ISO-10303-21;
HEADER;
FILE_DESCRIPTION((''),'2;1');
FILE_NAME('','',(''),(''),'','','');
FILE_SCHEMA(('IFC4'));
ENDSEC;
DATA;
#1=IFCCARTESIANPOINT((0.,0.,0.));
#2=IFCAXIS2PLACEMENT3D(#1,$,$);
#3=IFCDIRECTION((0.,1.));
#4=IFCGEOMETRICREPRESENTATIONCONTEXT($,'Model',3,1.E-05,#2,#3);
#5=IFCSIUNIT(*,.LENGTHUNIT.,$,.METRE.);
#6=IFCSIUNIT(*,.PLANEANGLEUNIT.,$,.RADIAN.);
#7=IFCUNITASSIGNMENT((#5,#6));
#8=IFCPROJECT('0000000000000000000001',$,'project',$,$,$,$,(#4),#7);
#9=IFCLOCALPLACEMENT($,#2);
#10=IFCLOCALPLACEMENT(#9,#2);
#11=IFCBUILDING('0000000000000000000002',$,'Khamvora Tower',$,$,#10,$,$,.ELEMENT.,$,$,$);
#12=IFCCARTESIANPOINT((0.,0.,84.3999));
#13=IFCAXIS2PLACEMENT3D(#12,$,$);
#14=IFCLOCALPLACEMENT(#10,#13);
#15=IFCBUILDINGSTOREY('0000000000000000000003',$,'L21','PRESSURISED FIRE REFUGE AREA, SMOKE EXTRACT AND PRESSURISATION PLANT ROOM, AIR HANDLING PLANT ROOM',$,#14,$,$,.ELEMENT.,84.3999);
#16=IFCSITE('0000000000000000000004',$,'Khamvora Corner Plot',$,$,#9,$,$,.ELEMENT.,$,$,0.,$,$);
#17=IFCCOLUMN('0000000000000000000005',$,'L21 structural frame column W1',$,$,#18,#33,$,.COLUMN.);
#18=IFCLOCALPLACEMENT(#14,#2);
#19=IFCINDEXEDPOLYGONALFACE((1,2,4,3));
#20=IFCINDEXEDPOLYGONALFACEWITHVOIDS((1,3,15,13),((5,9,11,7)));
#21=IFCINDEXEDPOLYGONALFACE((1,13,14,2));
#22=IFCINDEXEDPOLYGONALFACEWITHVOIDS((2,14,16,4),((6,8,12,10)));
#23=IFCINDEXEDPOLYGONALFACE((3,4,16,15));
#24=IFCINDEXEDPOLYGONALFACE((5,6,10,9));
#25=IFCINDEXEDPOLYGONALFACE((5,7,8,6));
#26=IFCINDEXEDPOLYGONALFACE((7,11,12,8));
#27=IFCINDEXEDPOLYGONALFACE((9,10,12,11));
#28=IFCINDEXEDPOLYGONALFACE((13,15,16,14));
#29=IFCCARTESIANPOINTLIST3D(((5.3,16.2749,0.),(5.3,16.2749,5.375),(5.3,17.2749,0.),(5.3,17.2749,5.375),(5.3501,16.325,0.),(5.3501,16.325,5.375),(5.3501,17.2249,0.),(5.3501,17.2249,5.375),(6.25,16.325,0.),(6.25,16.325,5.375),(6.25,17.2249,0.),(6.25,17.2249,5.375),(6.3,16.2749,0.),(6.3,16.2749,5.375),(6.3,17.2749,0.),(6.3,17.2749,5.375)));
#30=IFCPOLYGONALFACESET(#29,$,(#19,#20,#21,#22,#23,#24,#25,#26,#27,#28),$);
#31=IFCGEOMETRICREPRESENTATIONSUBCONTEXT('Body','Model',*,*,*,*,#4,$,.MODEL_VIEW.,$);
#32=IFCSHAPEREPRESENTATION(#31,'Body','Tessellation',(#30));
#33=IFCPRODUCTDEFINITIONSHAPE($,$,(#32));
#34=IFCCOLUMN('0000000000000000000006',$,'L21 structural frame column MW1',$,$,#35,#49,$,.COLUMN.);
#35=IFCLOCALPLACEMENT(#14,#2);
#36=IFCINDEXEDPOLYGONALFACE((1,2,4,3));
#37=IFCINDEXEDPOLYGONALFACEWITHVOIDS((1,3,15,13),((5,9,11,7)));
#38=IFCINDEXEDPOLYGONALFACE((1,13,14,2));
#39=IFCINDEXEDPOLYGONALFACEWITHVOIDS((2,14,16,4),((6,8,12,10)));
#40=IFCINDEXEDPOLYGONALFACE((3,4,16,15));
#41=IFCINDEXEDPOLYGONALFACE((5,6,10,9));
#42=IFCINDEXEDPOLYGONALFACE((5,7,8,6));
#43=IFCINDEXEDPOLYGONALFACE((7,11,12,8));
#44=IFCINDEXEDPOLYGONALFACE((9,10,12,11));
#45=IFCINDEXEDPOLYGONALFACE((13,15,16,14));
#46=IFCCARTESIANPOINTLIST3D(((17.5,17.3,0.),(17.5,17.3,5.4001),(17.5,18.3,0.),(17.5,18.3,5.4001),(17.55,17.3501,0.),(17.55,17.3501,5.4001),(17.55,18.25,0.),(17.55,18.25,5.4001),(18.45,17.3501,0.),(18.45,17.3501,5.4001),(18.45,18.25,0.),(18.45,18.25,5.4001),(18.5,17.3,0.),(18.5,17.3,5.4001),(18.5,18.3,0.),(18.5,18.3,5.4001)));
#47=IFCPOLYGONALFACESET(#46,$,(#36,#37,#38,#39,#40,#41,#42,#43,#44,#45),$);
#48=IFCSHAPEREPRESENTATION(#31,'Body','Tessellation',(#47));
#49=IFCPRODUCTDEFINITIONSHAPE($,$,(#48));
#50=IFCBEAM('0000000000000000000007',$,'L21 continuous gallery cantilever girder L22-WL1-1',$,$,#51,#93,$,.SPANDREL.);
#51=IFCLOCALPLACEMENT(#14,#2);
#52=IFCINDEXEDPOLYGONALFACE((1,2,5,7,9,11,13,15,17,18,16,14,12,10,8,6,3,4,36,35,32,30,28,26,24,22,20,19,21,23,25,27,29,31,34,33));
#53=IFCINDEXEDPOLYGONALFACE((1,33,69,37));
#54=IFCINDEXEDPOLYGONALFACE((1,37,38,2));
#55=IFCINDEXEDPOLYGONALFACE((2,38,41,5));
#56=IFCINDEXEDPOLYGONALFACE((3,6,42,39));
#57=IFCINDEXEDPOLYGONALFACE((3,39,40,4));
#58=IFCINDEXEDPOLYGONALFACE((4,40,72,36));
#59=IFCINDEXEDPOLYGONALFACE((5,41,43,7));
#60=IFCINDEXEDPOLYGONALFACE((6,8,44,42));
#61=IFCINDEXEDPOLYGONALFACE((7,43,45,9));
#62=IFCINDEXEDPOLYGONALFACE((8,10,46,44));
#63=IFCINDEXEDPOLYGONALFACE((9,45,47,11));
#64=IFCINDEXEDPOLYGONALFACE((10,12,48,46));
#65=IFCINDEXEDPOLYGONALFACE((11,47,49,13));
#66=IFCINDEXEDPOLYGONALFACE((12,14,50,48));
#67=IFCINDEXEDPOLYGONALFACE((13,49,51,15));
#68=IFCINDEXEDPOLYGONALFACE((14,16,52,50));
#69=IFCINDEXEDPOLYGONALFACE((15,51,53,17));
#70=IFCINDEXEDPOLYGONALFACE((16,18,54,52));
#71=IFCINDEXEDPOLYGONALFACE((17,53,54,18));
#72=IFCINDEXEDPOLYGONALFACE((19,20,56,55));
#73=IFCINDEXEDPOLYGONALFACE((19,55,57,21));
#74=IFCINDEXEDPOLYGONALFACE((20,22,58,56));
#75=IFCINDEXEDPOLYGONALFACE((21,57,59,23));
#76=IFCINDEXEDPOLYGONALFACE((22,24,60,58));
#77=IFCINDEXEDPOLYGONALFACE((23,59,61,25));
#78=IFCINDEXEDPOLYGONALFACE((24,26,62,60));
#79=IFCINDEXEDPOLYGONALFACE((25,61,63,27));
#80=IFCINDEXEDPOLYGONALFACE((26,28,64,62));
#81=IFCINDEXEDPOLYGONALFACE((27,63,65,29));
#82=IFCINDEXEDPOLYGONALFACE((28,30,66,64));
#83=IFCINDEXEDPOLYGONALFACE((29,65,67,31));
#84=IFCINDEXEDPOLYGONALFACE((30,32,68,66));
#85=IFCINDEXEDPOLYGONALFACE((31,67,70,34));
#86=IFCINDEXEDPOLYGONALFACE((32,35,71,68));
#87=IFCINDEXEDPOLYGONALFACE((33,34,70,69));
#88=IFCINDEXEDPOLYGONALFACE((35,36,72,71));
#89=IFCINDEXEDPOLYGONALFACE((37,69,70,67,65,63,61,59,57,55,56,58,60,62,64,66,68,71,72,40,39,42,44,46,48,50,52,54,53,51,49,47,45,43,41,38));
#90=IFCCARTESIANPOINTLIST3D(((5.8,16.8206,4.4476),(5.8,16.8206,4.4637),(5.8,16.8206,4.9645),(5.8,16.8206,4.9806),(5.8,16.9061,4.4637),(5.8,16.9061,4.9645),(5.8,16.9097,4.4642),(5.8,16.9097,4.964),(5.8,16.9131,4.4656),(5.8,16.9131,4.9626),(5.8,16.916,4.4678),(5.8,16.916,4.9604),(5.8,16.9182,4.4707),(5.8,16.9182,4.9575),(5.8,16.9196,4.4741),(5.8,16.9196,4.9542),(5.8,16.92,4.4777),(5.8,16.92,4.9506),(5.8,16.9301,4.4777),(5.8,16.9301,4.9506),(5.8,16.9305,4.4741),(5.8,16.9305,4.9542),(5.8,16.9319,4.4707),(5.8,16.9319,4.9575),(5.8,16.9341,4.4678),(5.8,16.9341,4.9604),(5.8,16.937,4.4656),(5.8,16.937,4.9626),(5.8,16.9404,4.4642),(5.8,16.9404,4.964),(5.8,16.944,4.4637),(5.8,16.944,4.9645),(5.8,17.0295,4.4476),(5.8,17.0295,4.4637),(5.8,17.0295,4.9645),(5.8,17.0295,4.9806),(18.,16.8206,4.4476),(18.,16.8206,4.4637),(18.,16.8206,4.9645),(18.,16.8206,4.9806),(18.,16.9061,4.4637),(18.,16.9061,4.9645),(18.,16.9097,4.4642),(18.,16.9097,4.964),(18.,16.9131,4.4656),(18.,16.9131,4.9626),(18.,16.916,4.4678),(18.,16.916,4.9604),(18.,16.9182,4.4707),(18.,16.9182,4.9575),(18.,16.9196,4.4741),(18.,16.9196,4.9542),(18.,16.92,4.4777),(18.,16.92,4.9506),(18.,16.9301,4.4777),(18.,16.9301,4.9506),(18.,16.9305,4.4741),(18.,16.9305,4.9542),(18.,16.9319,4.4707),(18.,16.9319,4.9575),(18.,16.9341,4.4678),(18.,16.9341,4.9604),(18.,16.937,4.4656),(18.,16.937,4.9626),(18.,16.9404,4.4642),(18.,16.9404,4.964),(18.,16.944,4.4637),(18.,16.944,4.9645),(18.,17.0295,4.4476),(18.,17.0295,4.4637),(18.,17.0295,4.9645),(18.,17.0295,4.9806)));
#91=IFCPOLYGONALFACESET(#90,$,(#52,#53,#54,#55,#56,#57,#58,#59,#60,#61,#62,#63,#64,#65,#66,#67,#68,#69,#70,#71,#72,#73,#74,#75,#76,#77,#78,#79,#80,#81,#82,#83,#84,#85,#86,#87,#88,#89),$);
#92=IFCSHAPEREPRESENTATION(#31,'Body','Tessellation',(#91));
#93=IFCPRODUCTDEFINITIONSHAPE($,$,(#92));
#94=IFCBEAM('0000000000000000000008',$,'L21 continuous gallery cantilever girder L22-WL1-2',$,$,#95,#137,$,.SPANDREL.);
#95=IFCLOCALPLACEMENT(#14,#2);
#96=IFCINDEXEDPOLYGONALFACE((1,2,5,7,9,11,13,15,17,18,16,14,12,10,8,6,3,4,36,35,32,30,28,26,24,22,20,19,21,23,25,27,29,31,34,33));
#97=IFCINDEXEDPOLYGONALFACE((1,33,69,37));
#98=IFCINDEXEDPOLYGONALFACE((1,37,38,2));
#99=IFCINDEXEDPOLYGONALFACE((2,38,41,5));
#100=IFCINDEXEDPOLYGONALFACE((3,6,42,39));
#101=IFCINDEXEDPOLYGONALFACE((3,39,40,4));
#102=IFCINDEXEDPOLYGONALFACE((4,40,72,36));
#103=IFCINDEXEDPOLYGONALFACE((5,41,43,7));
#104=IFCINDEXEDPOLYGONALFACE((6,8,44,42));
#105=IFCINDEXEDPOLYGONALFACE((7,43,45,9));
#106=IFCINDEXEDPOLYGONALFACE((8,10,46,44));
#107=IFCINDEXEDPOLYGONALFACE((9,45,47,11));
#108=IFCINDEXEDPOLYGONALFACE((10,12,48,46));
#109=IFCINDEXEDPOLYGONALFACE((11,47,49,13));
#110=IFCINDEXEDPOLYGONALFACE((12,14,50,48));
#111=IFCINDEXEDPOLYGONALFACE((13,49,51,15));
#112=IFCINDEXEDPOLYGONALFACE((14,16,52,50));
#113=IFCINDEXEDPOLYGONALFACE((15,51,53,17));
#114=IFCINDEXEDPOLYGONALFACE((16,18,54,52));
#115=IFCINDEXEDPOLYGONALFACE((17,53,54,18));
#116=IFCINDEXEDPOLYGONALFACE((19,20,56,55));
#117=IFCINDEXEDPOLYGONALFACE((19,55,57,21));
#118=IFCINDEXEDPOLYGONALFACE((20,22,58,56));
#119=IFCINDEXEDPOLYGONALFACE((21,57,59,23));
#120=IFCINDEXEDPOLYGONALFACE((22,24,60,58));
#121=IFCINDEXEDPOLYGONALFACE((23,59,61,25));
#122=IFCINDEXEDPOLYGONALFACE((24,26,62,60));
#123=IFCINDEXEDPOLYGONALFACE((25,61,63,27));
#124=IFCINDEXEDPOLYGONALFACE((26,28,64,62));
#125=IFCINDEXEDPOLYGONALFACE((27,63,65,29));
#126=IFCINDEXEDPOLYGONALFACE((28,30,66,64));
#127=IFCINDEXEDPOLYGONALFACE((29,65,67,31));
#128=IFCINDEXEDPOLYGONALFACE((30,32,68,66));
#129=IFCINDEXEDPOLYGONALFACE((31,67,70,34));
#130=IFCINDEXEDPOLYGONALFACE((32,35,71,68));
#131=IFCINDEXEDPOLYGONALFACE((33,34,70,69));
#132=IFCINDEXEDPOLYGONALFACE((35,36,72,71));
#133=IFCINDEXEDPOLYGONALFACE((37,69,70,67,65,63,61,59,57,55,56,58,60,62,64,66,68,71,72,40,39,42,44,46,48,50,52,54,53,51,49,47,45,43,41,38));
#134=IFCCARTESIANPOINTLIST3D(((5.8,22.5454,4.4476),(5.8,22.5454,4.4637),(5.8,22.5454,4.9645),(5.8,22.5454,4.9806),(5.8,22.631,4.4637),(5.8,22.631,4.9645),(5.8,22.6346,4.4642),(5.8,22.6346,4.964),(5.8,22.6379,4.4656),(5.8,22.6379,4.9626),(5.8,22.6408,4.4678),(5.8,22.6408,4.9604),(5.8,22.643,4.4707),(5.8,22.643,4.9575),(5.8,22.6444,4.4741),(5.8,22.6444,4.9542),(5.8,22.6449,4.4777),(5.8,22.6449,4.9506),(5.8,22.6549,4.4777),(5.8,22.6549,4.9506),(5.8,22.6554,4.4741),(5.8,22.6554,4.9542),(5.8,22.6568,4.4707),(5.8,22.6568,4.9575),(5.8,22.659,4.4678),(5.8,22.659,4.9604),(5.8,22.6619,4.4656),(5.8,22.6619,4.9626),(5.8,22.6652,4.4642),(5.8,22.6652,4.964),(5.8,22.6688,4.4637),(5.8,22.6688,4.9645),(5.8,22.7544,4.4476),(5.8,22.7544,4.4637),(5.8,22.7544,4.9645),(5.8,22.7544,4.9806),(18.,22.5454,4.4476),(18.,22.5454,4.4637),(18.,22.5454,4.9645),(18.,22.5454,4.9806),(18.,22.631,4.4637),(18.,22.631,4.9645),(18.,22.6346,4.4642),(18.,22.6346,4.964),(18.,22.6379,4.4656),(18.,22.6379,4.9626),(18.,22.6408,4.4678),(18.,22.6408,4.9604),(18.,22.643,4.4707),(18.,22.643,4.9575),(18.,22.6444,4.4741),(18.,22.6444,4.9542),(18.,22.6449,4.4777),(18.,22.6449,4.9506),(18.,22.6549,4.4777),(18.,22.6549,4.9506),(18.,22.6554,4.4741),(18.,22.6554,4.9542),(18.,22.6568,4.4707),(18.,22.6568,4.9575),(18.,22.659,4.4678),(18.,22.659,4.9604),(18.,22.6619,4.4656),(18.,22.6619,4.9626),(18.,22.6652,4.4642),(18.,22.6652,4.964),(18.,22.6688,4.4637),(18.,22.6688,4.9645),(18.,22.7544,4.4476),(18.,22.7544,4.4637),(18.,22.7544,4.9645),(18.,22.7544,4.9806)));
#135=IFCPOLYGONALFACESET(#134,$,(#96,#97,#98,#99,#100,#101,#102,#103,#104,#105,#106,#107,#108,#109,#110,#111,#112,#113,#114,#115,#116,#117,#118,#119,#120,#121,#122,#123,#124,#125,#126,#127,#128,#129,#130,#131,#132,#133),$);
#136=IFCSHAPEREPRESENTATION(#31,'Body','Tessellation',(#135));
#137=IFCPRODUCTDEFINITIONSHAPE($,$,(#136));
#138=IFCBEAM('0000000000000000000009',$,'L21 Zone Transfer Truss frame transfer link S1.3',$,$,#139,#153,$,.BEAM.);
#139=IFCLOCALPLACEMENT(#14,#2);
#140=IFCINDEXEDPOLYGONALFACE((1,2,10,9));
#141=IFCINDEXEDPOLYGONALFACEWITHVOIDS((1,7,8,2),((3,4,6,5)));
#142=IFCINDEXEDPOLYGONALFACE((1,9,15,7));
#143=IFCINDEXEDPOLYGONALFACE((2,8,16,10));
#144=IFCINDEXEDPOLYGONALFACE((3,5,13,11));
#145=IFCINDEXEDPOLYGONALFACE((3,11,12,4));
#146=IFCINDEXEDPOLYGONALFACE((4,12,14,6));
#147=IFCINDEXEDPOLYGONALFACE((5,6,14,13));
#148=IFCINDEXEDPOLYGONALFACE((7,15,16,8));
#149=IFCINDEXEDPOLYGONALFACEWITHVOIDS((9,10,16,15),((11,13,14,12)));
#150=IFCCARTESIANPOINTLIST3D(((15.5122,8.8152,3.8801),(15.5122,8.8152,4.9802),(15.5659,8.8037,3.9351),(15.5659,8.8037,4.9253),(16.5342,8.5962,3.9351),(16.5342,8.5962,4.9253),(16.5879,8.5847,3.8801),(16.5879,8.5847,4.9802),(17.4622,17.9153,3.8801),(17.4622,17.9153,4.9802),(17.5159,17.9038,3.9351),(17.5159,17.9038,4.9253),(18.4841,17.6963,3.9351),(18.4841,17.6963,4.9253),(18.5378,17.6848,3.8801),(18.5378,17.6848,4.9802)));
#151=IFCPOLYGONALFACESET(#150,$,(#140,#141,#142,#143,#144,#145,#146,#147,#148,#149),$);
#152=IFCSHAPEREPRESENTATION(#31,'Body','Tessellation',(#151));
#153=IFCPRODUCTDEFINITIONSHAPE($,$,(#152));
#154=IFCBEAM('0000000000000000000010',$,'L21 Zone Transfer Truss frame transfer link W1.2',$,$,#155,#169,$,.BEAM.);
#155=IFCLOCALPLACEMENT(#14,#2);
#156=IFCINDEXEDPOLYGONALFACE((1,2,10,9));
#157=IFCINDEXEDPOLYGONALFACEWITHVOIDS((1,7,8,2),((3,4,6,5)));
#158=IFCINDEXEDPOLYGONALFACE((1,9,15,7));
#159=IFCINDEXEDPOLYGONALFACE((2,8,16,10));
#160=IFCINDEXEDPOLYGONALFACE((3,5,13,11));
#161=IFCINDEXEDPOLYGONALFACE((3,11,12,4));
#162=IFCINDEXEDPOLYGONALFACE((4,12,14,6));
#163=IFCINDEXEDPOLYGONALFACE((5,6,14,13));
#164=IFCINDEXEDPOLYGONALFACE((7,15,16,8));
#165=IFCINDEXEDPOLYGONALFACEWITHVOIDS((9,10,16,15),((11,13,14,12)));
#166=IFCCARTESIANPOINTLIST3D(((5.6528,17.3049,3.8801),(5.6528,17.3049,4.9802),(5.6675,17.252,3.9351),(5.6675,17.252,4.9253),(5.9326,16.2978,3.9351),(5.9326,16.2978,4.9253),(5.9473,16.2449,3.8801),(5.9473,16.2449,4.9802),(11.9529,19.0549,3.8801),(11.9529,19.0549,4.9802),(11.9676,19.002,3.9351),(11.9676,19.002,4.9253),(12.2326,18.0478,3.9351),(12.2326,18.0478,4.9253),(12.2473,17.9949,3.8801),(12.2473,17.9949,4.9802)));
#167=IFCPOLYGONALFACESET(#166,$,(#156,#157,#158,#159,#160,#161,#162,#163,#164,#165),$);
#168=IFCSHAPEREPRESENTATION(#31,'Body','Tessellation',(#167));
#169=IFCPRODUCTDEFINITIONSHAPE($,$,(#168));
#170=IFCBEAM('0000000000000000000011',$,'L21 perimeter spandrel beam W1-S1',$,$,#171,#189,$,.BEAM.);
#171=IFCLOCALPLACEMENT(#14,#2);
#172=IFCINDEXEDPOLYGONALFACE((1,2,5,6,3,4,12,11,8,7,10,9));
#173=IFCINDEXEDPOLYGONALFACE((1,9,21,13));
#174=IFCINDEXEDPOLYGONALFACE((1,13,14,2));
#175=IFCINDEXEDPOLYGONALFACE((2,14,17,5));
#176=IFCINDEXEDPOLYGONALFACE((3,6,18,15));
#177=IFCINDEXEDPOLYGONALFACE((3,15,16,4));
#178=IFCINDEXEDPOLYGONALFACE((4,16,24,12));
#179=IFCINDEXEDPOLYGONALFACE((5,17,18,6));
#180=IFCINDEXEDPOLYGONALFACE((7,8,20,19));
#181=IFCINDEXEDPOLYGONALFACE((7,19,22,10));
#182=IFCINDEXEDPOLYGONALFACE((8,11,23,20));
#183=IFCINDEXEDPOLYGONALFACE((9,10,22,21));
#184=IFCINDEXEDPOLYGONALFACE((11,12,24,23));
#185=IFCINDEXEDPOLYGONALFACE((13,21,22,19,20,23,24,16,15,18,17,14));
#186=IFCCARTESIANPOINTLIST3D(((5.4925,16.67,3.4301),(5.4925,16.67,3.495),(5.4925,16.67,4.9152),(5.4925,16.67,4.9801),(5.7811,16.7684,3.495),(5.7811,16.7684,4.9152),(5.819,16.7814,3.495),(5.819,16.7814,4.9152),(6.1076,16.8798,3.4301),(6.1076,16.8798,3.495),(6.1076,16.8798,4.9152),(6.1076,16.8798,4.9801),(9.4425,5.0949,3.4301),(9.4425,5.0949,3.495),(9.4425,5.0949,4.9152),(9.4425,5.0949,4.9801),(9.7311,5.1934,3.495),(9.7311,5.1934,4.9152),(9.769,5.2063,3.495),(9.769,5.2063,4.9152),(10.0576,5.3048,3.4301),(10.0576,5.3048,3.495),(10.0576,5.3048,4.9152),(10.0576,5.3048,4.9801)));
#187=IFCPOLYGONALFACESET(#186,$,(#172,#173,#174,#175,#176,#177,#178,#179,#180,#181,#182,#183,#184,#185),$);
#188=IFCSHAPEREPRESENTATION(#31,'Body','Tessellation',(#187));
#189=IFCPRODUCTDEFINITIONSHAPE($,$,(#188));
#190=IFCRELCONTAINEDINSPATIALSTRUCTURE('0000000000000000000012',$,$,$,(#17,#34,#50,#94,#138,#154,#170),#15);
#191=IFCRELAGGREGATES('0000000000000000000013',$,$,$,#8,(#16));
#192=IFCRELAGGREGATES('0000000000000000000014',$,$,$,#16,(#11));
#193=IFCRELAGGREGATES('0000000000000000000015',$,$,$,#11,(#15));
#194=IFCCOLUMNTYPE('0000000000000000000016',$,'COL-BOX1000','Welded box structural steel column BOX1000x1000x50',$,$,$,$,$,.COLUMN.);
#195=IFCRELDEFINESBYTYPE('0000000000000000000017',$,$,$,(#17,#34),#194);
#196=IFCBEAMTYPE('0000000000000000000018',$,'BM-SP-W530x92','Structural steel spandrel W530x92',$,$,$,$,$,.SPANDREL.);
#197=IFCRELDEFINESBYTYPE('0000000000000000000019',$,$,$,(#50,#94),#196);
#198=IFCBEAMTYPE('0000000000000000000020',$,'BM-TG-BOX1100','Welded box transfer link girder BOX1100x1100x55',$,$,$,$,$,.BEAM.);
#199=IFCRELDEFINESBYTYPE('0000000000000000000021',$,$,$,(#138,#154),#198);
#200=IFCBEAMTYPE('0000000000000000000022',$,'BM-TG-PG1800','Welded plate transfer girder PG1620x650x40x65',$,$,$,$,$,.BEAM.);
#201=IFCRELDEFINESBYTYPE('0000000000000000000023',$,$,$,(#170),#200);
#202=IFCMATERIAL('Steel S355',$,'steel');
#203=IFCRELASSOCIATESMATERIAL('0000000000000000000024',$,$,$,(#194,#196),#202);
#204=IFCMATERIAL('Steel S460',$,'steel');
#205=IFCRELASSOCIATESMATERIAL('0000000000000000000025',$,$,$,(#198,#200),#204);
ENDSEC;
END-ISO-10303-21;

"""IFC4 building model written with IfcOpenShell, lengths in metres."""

from ifc_helpers import new_model, si_unit, direction, frame, origin, origin_2d, place, context, subcontext, project, spatial, hollow_rectangle, i_section, extrude, material, material_profile, profile_set, type_object, element, save


model = new_model("IFC4")

# Units and contexts
model_context = context("Model", 3, precision=1e-05, world=origin(), true_north=direction((0.0, 1.0)))
body_context = subcontext(model_context, "Body", "Model", "MODEL_VIEW")
ifc_project = project(units=[si_unit("LENGTHUNIT", "METRE"), si_unit("PLANEANGLEUNIT", "RADIAN")], contexts=[model_context])

# Site, building, storey
site_placement = place(None, origin())
site = spatial("IfcSite", under=ifc_project, at=site_placement, Name="Khamvora Corner Plot", CompositionType="ELEMENT", RefElevation=0.0)
building_placement = place(site_placement, origin())
building = spatial("IfcBuilding", under=site, at=building_placement, Name="Khamvora Tower", CompositionType="ELEMENT")
storey_placement = place(building_placement, frame((0.0, 0.0, 84.3999)))
storey = spatial("IfcBuildingStorey", under=building, at=storey_placement, Name="L21", Description="PRESSURISED FIRE REFUGE AREA, SMOKE EXTRACT AND PRESSURISATION PLANT ROOM, AIR HANDLING PLANT ROOM", CompositionType="ELEMENT", Elevation=84.3999)

# Columns
ifc_material_1 = material(Name="Steel S355", Category="steel")
ifc_material_profile_1 = material_profile(ifc_material_1, hollow_rectangle(XDim=1.0, YDim=1.0, WallThickness=0.05, at=origin_2d()), Name="BOX1000x1000x50")
ifc_profile_set_1 = profile_set([ifc_material_profile_1], Name="Steel S355")
column_type = type_object("IfcColumnType", Name="COL-BOX1000", Description="Welded box structural steel column BOX1000x1000x50", PredefinedType="COLUMN", material=ifc_profile_set_1)
column_1_placement = place(storey_placement, frame((5.8, 16.7749, 0.0), z_axis=(0.0, 0.0, 1.0), x_axis=(1.0, 0.0, 0.0)))
element("IfcColumn", 1, at=column_1_placement, inside=storey, type_object=column_type, Name="L21 structural frame column W1", PredefinedType="COLUMN", context=body_context, shape_type="SweptSolid", body=[
    extrude(hollow_rectangle(XDim=1.0, YDim=1.0, WallThickness=0.05, at=origin_2d()), origin(), (0.0, 0.0, 1.0), 5.375),
])
column_2_placement = place(storey_placement, frame((18.0, 17.8, 0.0), z_axis=(0.0, 0.0, 1.0), x_axis=(1.0, 0.0, 0.0)))
element("IfcColumn", 2, at=column_2_placement, inside=storey, type_object=column_type, Name="L21 structural frame column MW1", PredefinedType="COLUMN", context=body_context, shape_type="SweptSolid", body=[
    extrude(hollow_rectangle(XDim=1.0, YDim=1.0, WallThickness=0.05, at=origin_2d()), origin(), (0.0, 0.0, 1.0), 5.4001),
])

# Beams
ifc_material_profile_2 = material_profile(ifc_material_1, i_section(OverallWidth=0.209, OverallDepth=0.533, WebThickness=0.01, FlangeThickness=0.0161, FilletRadius=0.0139, at=origin_2d()), Name="W530x92")
ifc_profile_set_2 = profile_set([ifc_material_profile_2], Name="Steel S355")
beam_type_1 = type_object("IfcBeamType", Name="BM-SP-W530x92", Description="Structural steel spandrel W530x92", PredefinedType="SPANDREL", material=ifc_profile_set_2)
for number, where, z_axis, x_axis, name in (
    (3, (18.0, 16.925, 4.7141), (-1.0, 0.0, 0.0), (0.0, -1.0, 0.0), "L21 continuous gallery cantilever girder L22-WL1-1"),
    (4, (18.0, 22.6499, 4.7141), (-1.0, 0.0, 0.0), (0.0, -1.0, 0.0), "L21 continuous gallery cantilever girder L22-WL1-2"),
):
    element("IfcBeam", number, at=place(storey_placement, frame(where, z_axis=z_axis, x_axis=x_axis)), inside=storey, type_object=beam_type_1, Name=name, PredefinedType="SPANDREL", context=body_context, shape_type="SweptSolid", body=[
        extrude(i_section(OverallWidth=0.209, OverallDepth=0.533, WebThickness=0.01, FlangeThickness=0.0161, FilletRadius=0.0139, at=origin_2d()), origin(), (0.0, 0.0, 1.0), 12.2),
    ])
ifc_material_2 = material(Name="Steel S460", Category="steel")
ifc_material_profile_3 = material_profile(ifc_material_2, hollow_rectangle(XDim=1.1001, YDim=1.1001, WallThickness=0.0549, at=origin_2d()), Name="BOX1100x1100x55")
ifc_profile_set_3 = profile_set([ifc_material_profile_3], Name="Steel S460")
beam_type_2 = type_object("IfcBeamType", Name="BM-TG-BOX1100", Description="Welded box transfer link girder BOX1100x1100x55", PredefinedType="BEAM", material=ifc_profile_set_3)
beam_1_placement = place(storey_placement, frame((18.0, 17.8, 4.4302), z_axis=(-0.209522, -0.977804, 0.0), x_axis=(0.977804, -0.209522, 0.0)))
element("IfcBeam", 5, at=beam_1_placement, inside=storey, type_object=beam_type_2, Name="L21 Zone Transfer Truss frame transfer link S1.3", PredefinedType="BEAM", context=body_context, shape_type="SweptSolid", body=[
    extrude(hollow_rectangle(XDim=1.1001, YDim=1.1001, WallThickness=0.0549, at=origin_2d()), origin(), (0.0, 0.0, 1.0), 9.3066),
])
beam_2_placement = place(storey_placement, frame((5.8, 16.7749, 4.4302), z_axis=(0.963518, 0.267642, 0.0), x_axis=(-0.267642, 0.963518, 0.0)))
element("IfcBeam", 6, at=beam_2_placement, inside=storey, type_object=beam_type_2, Name="L21 Zone Transfer Truss frame transfer link W1.2", PredefinedType="BEAM", context=body_context, shape_type="SweptSolid", body=[
    extrude(hollow_rectangle(XDim=1.1001, YDim=1.1001, WallThickness=0.0549, at=origin_2d()), origin(), (0.0, 0.0, 1.0), 6.5386),
])
ifc_material_profile_4 = material_profile(ifc_material_2, i_section(OverallWidth=0.6499, OverallDepth=1.55, WebThickness=0.04, FlangeThickness=0.0649, at=origin_2d()), Name="PG1550x650x40x65")
ifc_profile_set_4 = profile_set([ifc_material_profile_4], Name="Steel S460")
beam_type_3 = type_object("IfcBeamType", Name="BM-TG-PG1800", Description="Welded plate transfer girder PG1620x650x40x65", PredefinedType="BEAM", material=ifc_profile_set_4)
beam_3_placement = place(storey_placement, frame((5.8, 16.7749, 4.2051), z_axis=(0.322963, -0.946412, 0.0), x_axis=(0.946412, 0.322963, 0.0)))
element("IfcBeam", 7, at=beam_3_placement, inside=storey, type_object=beam_type_3, Name="L21 perimeter spandrel beam W1-S1", PredefinedType="BEAM", context=body_context, shape_type="SweptSolid", body=[
    extrude(i_section(OverallWidth=0.6499, OverallDepth=1.55, WebThickness=0.04, FlangeThickness=0.0649, at=origin_2d()), origin(), (0.0, 0.0, 1.0), 12.2305),
])

save(model, "model.ifc")
